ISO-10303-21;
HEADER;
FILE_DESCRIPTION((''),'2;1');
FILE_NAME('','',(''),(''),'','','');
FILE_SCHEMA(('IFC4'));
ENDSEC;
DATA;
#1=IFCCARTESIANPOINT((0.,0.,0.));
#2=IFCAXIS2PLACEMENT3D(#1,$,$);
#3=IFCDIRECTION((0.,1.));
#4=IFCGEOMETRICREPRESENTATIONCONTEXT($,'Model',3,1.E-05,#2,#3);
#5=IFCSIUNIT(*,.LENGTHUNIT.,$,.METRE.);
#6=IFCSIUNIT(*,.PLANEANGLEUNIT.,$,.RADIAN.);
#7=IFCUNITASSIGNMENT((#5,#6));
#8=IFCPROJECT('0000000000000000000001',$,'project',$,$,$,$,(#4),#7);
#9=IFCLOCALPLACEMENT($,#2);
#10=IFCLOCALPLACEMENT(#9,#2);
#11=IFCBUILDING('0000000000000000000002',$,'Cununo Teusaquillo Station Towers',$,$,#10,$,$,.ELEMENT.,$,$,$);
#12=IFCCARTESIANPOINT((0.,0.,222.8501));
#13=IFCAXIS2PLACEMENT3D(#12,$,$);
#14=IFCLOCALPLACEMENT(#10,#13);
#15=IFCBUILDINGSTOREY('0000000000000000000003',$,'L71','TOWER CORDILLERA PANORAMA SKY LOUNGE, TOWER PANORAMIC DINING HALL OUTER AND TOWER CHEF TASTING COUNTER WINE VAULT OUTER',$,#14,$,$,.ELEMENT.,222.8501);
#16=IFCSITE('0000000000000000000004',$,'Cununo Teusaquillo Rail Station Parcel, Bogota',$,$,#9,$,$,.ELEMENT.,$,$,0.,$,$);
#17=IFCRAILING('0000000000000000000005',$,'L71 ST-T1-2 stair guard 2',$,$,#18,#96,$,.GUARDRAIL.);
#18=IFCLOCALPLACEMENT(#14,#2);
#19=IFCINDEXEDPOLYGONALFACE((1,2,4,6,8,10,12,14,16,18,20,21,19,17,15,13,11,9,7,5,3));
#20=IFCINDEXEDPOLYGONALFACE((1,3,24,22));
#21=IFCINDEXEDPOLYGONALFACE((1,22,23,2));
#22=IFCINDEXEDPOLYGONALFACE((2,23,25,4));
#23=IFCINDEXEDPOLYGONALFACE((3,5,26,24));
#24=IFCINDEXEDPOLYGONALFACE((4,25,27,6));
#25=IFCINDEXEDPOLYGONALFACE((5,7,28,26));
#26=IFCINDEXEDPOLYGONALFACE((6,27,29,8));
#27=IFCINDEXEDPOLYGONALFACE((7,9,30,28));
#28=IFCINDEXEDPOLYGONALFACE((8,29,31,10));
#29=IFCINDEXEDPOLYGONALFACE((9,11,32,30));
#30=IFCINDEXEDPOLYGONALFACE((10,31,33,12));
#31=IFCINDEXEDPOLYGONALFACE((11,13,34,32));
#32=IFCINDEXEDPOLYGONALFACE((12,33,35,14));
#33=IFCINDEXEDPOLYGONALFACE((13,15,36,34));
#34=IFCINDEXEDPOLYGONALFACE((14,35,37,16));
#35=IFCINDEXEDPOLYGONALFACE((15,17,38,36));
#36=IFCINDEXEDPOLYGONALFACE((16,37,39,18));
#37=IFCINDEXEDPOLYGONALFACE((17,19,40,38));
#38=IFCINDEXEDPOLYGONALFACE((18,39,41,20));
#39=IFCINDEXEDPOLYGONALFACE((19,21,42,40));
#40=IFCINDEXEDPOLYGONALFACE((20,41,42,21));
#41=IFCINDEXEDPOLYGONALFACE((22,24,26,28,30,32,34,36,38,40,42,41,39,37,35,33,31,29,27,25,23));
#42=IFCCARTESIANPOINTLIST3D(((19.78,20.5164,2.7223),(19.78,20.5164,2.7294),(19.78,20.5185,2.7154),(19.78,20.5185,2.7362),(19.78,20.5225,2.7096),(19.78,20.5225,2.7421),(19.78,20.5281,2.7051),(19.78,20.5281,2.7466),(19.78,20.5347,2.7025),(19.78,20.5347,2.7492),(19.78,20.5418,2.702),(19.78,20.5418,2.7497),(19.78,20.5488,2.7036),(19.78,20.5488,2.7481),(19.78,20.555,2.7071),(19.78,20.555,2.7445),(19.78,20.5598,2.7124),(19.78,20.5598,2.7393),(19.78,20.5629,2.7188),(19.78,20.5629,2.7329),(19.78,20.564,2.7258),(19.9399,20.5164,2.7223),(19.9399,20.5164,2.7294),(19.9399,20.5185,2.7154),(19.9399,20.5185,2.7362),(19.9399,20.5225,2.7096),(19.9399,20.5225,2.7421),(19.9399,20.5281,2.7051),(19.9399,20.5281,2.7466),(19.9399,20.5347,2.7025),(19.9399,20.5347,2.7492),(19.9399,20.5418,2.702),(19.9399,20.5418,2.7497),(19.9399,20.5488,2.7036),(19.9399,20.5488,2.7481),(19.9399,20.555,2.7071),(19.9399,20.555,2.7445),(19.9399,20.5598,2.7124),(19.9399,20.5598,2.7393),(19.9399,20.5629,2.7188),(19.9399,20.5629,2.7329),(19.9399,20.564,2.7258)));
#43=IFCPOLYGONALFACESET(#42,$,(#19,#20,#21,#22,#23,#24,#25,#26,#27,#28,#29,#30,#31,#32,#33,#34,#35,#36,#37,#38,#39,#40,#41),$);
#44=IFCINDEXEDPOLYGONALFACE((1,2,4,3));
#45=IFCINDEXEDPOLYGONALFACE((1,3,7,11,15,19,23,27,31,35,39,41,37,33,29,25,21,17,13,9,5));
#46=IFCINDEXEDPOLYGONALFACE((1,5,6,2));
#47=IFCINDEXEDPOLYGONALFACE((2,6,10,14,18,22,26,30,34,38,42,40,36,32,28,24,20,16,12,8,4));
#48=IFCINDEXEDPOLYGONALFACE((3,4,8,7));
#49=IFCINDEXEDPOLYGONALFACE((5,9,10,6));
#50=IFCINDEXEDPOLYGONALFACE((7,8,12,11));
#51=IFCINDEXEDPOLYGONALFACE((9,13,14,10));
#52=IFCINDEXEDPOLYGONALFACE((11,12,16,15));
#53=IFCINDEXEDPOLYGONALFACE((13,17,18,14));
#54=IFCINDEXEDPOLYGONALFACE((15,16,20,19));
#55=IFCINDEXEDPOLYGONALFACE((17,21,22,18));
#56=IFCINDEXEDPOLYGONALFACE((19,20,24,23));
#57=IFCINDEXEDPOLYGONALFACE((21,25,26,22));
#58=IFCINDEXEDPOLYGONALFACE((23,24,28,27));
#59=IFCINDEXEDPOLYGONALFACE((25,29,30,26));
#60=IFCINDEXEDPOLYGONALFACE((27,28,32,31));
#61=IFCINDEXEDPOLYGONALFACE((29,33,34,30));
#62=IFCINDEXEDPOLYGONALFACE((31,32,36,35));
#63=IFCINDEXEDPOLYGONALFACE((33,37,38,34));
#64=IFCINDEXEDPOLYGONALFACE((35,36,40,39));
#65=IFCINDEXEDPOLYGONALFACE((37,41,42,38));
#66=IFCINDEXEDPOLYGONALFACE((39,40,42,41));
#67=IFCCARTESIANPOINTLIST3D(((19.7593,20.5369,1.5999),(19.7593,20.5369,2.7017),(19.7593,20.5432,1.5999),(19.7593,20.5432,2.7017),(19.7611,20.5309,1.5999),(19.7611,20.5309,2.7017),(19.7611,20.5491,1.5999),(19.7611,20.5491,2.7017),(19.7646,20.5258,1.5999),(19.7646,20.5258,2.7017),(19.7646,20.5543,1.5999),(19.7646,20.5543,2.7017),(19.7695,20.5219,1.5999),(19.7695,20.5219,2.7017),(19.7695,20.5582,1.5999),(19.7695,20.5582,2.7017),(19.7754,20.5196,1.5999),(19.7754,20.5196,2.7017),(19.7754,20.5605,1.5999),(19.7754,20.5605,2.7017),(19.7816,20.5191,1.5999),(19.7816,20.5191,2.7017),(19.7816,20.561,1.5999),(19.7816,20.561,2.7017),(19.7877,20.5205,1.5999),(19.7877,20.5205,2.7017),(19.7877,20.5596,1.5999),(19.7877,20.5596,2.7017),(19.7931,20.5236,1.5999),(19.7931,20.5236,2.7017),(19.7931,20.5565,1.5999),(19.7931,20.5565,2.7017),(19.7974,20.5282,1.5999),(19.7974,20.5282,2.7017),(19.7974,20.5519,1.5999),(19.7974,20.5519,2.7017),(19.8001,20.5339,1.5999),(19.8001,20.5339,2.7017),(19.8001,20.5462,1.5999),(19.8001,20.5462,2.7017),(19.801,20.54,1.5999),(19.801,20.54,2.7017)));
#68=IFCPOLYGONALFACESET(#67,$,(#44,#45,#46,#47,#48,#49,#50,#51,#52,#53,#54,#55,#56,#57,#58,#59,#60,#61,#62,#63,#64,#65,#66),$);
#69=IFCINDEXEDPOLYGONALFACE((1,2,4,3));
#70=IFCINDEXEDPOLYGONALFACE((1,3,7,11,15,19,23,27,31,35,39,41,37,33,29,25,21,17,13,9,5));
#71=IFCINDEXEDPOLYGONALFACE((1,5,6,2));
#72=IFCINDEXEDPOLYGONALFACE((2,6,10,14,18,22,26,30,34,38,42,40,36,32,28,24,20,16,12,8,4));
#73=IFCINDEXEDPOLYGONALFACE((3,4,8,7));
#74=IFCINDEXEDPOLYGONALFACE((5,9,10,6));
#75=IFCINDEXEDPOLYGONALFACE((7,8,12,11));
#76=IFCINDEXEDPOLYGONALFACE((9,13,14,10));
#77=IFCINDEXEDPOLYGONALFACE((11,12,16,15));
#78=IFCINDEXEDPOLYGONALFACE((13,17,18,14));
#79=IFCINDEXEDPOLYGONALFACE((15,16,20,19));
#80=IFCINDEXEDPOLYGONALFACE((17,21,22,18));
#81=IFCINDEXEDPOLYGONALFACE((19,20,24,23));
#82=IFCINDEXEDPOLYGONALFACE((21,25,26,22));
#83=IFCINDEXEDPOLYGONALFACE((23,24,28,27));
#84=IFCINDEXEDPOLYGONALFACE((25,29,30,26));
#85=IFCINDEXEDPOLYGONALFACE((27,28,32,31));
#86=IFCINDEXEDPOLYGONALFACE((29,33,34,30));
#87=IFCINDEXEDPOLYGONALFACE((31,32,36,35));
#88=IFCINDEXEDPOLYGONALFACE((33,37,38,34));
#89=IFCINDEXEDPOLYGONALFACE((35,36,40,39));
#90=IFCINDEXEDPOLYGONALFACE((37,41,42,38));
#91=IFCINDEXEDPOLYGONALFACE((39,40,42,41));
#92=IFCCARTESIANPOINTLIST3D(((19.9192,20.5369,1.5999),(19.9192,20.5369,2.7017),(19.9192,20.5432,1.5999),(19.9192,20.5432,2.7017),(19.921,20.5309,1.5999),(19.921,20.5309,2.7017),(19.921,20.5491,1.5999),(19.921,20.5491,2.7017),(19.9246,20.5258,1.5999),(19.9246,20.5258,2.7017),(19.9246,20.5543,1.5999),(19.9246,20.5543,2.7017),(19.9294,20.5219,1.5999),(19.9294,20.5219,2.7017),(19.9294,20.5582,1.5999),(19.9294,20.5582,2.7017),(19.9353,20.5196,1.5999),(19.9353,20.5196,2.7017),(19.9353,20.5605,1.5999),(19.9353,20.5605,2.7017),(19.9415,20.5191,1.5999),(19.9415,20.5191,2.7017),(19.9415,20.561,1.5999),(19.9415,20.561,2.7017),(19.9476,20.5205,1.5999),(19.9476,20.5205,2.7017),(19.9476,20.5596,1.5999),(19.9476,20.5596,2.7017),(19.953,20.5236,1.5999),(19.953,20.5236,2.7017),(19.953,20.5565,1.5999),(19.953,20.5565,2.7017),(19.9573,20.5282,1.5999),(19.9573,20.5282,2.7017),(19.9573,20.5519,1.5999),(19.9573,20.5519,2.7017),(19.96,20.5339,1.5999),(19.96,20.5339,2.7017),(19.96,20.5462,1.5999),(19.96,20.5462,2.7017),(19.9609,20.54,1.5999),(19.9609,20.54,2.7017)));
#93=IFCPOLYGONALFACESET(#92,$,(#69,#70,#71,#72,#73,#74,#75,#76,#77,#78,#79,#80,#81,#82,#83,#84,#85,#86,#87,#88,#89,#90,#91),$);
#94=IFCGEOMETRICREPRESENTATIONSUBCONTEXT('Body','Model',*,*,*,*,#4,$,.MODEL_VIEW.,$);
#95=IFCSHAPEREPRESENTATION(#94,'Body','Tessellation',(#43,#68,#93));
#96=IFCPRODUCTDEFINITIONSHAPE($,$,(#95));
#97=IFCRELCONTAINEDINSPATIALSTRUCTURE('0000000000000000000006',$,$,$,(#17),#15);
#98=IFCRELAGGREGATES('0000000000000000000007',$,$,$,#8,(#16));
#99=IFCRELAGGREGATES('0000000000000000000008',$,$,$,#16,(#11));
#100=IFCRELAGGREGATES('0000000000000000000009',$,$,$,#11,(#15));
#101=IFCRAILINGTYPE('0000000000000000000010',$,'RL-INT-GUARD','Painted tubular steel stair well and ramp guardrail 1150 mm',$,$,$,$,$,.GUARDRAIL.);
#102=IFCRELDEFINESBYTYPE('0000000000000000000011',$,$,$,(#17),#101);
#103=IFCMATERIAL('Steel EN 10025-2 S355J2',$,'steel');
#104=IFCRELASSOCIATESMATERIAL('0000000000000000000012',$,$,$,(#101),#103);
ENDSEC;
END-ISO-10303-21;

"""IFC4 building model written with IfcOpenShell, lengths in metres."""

from ifc_helpers import new_model, si_unit, direction, frame, origin, origin_2d, place, context, subcontext, project, spatial, circle, extrude, material, type_object, element, save


model = new_model("IFC4")

# Units and contexts
model_context = context("Model", 3, precision=1e-05, world=origin(), true_north=direction((0.0, 1.0)))
body_context = subcontext(model_context, "Body", "Model", "MODEL_VIEW")
ifc_project = project(units=[si_unit("LENGTHUNIT", "METRE"), si_unit("PLANEANGLEUNIT", "RADIAN")], contexts=[model_context])

# Site, building, storey
site_placement = place(None, origin())
site = spatial("IfcSite", under=ifc_project, at=site_placement, Name="Cununo Teusaquillo Rail Station Parcel, Bogota", CompositionType="ELEMENT", RefElevation=0.0)
building_placement = place(site_placement, origin())
building = spatial("IfcBuilding", under=site, at=building_placement, Name="Cununo Teusaquillo Station Towers", CompositionType="ELEMENT")
storey_placement = place(building_placement, frame((0.0, 0.0, 222.8501)))
storey = spatial("IfcBuildingStorey", under=building, at=storey_placement, Name="L71", Description="TOWER CORDILLERA PANORAMA SKY LOUNGE, TOWER PANORAMIC DINING HALL OUTER AND TOWER CHEF TASTING COUNTER WINE VAULT OUTER", CompositionType="ELEMENT", Elevation=222.8501)

# Railing
ifc_material_1 = material(Name="Steel EN 10025-2 S355J2", Category="steel")
railing_type_1 = type_object("IfcRailingType", Name="RL-INT-GUARD", Description="Painted tubular steel stair well and ramp guardrail 1150 mm", PredefinedType="GUARDRAIL", material=ifc_material_1)
railing_1_placement = place(storey_placement, frame((19.78, 20.54, 1.5999)))
element("IfcRailing", 1, at=railing_1_placement, inside=storey, type_object=railing_type_1, Name="L71 ST-T1-2 stair guard 2", PredefinedType="GUARDRAIL", context=body_context, shape_type="SweptSolid", body=[
    extrude(circle(Radius=0.0239, at=origin_2d()), frame((0.0, 0.0, 1.126), z_axis=(1.0, 0.0, 0.0), x_axis=(0.0, 1.0, 0.0)), (0.0, 0.0, 1.0), 0.1599),
    extrude(circle(Radius=0.021, at=origin_2d()), origin(), (0.0, 0.0, 1.0), 1.1018),
    extrude(circle(Radius=0.021, at=origin_2d()), frame((0.1599, 0.0, 0.0)), (0.0, 0.0, 1.0), 1.1018),
])

save(model, "model.ifc")
